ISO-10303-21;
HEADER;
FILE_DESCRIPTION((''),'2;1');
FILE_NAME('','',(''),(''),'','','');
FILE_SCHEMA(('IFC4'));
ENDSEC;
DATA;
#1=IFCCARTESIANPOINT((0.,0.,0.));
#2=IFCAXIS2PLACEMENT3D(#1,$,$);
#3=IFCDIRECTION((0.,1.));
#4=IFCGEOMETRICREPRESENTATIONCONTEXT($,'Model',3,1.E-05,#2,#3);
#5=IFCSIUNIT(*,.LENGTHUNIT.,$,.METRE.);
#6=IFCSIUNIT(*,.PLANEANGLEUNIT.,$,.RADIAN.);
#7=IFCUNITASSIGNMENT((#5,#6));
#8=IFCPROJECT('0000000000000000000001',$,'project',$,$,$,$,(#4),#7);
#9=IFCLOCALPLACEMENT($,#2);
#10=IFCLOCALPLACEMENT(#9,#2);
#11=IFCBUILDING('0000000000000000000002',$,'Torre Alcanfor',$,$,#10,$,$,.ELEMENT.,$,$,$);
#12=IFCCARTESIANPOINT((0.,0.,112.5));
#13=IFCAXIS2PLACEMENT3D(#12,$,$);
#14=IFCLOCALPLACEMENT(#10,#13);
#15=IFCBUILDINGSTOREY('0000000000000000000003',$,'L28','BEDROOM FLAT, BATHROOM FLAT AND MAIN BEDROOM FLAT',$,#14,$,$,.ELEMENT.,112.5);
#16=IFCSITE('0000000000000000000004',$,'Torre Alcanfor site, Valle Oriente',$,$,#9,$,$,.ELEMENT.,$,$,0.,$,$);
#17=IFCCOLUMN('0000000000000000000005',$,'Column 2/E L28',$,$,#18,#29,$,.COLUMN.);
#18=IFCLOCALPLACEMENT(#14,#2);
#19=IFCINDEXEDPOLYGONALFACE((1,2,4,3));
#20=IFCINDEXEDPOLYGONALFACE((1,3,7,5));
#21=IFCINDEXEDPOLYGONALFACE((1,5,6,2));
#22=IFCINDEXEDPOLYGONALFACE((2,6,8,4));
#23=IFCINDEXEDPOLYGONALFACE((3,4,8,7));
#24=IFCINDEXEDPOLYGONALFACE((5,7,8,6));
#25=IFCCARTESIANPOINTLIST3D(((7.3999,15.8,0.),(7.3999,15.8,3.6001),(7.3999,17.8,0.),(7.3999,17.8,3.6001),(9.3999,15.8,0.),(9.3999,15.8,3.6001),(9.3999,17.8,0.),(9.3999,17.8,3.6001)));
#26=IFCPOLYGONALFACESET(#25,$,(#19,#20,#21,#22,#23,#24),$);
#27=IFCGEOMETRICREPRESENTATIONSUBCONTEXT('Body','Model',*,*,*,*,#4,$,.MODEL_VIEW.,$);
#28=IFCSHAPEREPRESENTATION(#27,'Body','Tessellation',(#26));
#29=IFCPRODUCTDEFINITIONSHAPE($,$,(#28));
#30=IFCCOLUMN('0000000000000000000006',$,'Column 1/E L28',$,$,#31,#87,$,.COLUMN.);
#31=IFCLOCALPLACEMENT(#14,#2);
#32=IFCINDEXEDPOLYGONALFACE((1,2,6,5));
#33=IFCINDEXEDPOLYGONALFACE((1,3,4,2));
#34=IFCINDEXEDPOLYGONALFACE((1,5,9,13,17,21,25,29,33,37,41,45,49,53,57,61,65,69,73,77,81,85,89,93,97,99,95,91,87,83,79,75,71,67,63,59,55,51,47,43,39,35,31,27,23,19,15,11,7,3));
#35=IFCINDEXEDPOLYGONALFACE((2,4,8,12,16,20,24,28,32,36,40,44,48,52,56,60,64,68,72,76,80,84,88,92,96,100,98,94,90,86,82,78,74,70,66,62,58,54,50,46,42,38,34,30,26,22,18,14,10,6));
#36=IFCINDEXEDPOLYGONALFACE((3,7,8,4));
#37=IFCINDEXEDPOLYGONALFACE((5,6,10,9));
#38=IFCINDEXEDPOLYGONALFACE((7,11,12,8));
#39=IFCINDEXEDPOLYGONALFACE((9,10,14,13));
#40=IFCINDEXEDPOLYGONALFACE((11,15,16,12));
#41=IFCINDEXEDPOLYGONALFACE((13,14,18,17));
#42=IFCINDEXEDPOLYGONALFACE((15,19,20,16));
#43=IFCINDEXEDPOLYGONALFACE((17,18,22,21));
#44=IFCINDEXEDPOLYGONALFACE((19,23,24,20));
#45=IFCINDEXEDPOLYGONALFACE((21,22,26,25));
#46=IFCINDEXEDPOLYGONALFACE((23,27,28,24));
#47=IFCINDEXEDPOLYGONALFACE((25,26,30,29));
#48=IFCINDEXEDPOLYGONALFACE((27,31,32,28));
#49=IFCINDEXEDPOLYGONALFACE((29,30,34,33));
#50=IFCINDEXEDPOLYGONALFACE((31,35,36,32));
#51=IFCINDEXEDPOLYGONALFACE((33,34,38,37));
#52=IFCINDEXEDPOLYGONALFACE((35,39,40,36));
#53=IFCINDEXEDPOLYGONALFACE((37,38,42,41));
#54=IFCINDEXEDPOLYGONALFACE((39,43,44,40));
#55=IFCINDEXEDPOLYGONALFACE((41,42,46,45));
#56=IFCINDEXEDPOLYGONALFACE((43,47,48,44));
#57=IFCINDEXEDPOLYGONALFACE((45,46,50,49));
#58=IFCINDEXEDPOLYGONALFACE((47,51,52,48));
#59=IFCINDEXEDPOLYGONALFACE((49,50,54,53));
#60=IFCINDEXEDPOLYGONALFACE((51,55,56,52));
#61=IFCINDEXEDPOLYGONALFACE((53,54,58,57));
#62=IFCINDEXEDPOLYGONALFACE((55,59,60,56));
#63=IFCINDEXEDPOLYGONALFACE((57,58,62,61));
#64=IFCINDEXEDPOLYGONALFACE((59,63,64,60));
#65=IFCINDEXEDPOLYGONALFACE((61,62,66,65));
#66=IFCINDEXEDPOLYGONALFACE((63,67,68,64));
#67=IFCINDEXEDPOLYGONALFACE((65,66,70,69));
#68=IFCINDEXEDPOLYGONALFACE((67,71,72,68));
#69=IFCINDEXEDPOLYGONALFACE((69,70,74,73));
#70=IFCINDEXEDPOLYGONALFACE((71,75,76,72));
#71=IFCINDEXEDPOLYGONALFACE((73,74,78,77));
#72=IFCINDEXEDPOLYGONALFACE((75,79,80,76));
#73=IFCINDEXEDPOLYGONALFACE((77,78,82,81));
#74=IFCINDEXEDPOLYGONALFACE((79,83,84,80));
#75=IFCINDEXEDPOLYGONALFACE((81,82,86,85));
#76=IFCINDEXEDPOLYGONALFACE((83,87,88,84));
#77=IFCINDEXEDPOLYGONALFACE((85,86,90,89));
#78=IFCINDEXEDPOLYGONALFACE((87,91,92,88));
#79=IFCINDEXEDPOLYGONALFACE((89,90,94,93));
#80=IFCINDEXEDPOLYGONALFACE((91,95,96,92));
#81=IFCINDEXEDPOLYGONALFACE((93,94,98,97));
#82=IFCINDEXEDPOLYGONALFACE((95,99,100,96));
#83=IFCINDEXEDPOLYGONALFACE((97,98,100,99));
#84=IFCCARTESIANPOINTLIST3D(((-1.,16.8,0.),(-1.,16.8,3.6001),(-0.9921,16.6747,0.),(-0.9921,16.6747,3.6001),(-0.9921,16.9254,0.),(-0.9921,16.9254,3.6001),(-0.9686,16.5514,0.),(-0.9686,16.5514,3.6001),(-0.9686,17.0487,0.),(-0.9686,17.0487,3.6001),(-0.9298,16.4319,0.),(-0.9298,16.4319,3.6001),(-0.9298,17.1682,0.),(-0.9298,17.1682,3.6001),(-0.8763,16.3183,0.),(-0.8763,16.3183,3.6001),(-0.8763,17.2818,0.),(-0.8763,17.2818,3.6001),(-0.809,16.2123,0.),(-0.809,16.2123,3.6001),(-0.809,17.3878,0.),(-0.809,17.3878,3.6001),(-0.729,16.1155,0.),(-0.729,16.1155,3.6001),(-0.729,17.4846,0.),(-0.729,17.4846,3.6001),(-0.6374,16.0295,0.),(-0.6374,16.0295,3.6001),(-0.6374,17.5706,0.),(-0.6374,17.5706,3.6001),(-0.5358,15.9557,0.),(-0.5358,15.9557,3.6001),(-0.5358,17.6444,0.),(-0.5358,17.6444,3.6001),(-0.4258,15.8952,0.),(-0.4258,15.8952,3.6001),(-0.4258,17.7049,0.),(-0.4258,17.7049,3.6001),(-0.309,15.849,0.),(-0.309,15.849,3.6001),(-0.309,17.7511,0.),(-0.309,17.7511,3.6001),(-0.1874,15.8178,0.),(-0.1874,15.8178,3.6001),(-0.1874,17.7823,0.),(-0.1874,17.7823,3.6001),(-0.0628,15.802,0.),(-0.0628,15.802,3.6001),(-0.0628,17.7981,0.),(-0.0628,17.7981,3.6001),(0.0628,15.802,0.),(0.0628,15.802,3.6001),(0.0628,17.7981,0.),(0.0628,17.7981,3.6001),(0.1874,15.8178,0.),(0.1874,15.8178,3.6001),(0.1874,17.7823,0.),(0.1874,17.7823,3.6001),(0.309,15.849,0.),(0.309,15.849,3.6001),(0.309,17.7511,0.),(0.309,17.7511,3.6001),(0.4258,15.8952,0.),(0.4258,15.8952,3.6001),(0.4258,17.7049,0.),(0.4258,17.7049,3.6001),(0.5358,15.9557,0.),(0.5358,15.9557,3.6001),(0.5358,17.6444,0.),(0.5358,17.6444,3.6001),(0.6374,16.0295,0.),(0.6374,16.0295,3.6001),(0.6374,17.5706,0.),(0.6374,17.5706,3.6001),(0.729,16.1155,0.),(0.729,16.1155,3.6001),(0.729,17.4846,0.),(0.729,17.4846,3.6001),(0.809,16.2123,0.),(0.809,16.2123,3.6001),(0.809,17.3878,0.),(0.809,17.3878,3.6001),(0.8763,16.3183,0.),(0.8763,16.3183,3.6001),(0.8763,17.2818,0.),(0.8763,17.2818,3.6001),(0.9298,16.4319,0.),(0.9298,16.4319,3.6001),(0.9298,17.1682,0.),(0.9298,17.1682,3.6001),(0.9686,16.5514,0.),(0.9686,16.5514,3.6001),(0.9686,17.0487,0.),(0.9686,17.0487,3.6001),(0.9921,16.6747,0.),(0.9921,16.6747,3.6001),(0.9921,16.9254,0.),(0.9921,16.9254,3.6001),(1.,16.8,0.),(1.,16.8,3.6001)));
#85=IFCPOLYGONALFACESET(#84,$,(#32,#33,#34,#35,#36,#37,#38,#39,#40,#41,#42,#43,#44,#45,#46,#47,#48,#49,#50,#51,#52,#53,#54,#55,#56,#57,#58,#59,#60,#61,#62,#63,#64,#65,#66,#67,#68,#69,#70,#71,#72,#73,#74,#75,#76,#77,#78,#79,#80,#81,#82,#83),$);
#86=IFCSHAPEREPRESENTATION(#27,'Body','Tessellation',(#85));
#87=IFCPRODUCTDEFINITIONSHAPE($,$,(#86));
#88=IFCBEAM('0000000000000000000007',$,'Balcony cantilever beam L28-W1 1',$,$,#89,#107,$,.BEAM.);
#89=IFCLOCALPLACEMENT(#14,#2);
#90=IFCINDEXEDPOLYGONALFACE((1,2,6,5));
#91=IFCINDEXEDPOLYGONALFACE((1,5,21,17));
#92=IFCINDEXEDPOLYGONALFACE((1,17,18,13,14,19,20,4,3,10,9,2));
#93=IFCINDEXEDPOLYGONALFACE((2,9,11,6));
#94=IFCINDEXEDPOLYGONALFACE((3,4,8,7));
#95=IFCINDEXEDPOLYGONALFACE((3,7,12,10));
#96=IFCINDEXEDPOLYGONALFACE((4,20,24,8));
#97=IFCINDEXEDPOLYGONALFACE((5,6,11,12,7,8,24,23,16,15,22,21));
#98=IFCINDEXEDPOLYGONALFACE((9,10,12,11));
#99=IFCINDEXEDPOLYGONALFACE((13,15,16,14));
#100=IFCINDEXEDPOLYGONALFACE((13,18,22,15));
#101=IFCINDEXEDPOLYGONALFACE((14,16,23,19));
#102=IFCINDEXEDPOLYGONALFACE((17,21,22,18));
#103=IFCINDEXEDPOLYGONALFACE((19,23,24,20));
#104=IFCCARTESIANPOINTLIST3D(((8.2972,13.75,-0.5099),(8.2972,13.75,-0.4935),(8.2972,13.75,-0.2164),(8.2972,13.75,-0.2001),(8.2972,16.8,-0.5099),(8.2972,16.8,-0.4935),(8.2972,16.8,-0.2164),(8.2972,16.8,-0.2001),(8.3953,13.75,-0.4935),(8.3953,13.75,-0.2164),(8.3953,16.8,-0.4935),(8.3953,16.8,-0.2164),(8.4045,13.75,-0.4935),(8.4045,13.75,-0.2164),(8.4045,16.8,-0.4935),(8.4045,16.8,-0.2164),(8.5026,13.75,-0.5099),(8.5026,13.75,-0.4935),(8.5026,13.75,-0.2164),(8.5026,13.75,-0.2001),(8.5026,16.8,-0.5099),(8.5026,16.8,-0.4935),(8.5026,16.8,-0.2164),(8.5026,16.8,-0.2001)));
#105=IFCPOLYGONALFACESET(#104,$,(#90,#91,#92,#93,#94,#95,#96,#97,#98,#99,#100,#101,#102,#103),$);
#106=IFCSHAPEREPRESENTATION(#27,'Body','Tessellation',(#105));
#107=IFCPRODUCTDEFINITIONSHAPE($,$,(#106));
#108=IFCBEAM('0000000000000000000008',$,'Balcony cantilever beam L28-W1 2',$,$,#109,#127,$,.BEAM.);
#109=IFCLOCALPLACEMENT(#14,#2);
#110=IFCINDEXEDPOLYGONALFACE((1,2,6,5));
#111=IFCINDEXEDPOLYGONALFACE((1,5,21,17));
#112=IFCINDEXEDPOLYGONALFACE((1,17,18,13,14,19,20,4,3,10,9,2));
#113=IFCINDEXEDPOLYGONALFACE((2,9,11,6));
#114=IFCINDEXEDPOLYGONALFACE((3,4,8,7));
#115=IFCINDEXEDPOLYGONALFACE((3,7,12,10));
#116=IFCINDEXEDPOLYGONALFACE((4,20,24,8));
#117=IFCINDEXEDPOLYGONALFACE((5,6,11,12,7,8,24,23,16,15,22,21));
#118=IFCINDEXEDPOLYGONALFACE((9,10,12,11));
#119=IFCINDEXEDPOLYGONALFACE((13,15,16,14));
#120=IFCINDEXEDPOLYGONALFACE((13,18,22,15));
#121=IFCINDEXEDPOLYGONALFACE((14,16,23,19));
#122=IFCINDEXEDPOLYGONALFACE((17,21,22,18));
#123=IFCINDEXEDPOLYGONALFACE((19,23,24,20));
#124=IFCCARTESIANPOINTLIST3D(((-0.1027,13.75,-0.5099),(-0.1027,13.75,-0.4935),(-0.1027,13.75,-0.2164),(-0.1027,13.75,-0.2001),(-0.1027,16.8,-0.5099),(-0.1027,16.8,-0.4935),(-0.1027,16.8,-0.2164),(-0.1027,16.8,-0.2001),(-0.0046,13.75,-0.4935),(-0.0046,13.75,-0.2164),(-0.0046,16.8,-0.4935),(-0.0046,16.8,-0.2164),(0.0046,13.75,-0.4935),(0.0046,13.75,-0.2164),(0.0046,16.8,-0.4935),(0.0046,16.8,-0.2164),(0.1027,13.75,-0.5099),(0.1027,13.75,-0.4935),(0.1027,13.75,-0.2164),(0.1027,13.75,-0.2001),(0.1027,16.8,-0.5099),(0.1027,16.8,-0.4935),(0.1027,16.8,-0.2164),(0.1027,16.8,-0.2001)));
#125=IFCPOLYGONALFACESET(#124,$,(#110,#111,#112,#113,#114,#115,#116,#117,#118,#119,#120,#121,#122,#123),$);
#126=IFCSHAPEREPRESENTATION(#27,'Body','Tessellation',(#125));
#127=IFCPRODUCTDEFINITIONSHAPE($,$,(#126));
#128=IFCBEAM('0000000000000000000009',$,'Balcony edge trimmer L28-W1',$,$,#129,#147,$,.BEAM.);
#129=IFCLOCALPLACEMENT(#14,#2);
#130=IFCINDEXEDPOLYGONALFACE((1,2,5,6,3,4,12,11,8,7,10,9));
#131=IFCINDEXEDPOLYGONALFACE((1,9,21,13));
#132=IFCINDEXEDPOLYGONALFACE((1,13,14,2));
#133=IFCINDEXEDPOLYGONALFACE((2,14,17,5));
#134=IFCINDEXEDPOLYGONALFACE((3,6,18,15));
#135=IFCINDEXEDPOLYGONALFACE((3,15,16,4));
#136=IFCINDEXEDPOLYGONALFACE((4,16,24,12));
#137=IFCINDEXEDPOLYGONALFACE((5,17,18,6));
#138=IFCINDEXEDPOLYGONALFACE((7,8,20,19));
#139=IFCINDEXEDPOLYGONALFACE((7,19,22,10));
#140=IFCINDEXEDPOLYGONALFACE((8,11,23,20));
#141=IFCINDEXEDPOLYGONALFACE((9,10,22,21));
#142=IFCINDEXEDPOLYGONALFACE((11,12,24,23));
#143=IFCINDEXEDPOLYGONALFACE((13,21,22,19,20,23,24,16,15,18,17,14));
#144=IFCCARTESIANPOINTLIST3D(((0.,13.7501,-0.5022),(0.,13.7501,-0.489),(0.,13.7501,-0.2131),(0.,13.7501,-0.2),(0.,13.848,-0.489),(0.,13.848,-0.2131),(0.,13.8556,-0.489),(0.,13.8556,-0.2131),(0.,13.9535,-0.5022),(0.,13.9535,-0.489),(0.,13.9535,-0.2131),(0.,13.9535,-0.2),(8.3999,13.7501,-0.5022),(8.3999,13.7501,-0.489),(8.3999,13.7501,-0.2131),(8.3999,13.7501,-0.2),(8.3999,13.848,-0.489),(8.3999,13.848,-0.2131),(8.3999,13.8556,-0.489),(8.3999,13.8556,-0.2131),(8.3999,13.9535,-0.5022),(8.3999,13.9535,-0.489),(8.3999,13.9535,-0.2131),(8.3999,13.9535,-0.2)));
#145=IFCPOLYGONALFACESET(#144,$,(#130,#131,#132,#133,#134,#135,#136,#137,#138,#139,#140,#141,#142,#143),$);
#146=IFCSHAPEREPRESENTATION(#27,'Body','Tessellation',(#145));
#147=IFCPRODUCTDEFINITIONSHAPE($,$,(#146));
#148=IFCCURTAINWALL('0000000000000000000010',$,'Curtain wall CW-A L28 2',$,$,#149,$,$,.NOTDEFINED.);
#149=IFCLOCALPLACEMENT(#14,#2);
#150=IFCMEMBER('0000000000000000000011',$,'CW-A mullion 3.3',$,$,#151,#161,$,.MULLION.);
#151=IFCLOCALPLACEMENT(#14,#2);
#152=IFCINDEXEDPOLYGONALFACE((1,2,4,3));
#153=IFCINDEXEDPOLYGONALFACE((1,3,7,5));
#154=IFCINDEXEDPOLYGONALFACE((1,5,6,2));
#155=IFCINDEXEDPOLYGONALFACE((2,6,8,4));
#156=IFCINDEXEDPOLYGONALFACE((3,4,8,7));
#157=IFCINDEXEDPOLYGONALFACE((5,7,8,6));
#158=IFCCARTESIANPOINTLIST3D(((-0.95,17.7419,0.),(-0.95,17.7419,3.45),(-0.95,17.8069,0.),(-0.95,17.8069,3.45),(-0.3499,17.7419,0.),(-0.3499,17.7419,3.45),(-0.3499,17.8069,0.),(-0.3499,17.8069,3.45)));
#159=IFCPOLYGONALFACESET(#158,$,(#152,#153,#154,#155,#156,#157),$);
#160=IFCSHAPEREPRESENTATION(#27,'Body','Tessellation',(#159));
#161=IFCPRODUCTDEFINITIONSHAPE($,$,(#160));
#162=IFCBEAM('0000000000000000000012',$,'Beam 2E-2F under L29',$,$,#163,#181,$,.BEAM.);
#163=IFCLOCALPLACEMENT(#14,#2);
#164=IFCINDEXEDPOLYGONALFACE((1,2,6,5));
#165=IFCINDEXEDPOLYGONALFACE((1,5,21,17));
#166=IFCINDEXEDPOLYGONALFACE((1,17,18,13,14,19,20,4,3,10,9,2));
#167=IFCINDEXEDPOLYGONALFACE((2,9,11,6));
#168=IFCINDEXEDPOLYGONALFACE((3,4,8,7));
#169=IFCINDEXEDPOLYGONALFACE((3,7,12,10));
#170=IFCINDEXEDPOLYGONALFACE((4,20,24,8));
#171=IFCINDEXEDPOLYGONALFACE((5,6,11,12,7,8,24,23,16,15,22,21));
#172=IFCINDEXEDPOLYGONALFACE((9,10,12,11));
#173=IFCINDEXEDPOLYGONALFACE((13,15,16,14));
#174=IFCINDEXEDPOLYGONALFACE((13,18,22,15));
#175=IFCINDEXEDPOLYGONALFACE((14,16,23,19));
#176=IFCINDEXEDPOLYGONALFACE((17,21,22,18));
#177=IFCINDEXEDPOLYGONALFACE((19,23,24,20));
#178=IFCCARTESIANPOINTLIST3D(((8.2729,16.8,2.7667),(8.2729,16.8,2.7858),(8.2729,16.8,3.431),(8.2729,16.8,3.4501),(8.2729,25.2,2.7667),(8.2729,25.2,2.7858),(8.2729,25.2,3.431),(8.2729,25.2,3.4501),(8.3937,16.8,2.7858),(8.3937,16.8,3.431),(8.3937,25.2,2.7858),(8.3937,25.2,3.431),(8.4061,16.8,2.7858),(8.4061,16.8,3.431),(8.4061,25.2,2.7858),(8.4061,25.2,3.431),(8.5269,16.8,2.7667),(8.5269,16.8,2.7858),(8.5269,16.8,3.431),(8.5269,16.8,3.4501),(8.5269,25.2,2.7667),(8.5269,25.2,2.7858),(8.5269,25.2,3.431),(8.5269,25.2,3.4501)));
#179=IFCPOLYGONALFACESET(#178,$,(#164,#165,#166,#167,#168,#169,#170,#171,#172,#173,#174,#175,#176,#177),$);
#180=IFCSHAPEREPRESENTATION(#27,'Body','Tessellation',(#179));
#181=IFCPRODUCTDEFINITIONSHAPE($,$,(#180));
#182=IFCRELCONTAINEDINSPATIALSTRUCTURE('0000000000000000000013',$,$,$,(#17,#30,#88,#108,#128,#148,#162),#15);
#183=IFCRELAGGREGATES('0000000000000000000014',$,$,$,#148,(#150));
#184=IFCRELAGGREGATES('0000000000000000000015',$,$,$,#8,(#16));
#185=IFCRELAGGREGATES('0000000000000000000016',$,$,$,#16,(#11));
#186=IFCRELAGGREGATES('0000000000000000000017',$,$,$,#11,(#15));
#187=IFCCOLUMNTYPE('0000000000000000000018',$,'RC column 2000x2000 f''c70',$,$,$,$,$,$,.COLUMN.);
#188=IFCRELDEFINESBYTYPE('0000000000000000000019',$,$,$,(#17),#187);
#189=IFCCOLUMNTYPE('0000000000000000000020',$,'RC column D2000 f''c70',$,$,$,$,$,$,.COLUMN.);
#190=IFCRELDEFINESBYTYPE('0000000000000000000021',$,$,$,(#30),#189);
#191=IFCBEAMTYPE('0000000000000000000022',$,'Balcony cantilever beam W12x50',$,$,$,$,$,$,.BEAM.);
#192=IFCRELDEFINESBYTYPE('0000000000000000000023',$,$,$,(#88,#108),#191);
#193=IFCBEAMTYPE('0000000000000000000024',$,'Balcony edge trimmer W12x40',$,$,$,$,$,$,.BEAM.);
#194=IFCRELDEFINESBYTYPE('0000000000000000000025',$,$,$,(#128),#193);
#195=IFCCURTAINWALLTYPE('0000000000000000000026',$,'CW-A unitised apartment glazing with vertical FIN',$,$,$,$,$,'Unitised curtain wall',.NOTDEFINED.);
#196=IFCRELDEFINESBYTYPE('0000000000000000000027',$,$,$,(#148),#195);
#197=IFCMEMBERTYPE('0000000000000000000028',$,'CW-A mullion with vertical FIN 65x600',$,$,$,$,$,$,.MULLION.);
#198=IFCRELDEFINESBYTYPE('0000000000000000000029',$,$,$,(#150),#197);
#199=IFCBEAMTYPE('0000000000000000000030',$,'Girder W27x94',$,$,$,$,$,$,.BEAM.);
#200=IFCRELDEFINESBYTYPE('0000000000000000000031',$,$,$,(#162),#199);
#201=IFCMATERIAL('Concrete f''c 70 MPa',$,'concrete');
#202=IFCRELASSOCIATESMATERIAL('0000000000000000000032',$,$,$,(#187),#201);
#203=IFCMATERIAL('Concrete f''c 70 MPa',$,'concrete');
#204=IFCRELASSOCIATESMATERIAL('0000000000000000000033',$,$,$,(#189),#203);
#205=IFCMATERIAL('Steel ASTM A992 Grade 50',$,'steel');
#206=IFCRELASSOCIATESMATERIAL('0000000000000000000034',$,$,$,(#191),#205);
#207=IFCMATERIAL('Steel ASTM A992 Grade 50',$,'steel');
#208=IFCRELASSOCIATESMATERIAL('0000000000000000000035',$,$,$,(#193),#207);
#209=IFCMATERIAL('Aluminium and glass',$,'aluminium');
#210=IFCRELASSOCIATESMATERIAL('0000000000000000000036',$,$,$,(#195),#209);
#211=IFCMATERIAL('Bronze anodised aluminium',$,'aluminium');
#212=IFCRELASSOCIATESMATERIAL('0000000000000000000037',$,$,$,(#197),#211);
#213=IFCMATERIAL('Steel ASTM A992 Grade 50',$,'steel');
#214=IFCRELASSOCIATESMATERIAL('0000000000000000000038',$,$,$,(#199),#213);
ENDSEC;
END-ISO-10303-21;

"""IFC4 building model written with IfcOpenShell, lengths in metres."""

from ifc_helpers import new_model, si_unit, direction, frame, origin, origin_2d, place, context, subcontext, project, spatial, rectangle, circle, i_section, extrude, material, material_profile, profile_set, type_object, element, aggregate, save


model = new_model("IFC4")

# Units and contexts
model_context = context("Model", 3, precision=1e-05, world=origin(), true_north=direction((0.0, 1.0)))
body_context = subcontext(model_context, "Body", "Model", "MODEL_VIEW")
ifc_project = project(units=[si_unit("LENGTHUNIT", "METRE"), si_unit("PLANEANGLEUNIT", "RADIAN")], contexts=[model_context])

# Site, building, storey
site_placement = place(None, origin())
site = spatial("IfcSite", under=ifc_project, at=site_placement, Name="Torre Alcanfor site, Valle Oriente", CompositionType="ELEMENT", RefElevation=0.0)
building_placement = place(site_placement, origin())
building = spatial("IfcBuilding", under=site, at=building_placement, Name="Torre Alcanfor", CompositionType="ELEMENT")
storey_placement = place(building_placement, frame((0.0, 0.0, 112.5)))
storey = spatial("IfcBuildingStorey", under=building, at=storey_placement, Name="L28", Description="BEDROOM FLAT, BATHROOM FLAT AND MAIN BEDROOM FLAT", CompositionType="ELEMENT", Elevation=112.5)

# Columns
ifc_material_1 = material(Name="Concrete f'c 70 MPa", Category="concrete")
ifc_material_profile_1 = material_profile(ifc_material_1, rectangle(XDim=2.0, YDim=2.0, at=origin_2d()), Name="2000x2000")
ifc_profile_set_1 = profile_set([ifc_material_profile_1], Name="Concrete f'c 70 MPa")
column_type_1 = type_object("IfcColumnType", Name="RC column 2000x2000 f'c70", PredefinedType="COLUMN", material=ifc_profile_set_1)
column_1_placement = place(storey_placement, frame((8.3999, 16.8, 0.0), z_axis=(0.0, 0.0, 1.0), x_axis=(1.0, 0.0, 0.0)))
element("IfcColumn", 1, at=column_1_placement, inside=storey, type_object=column_type_1, Name="Column 2/E L28", PredefinedType="COLUMN", context=body_context, shape_type="SweptSolid", body=[
    extrude(rectangle(XDim=2.0, YDim=2.0, at=origin_2d()), origin(), (0.0, 0.0, 1.0), 3.6001),
])
ifc_material_2 = material(Name="Concrete f'c 70 MPa", Category="concrete")
ifc_material_profile_2 = material_profile(ifc_material_2, circle(Radius=1.0, at=origin_2d()), Name="D2000")
ifc_profile_set_2 = profile_set([ifc_material_profile_2], Name="Concrete f'c 70 MPa")
column_type_2 = type_object("IfcColumnType", Name="RC column D2000 f'c70", PredefinedType="COLUMN", material=ifc_profile_set_2)
column_2_placement = place(storey_placement, frame((0.0, 16.8, 0.0), z_axis=(0.0, 0.0, 1.0), x_axis=(1.0, 0.0, 0.0)))
element("IfcColumn", 2, at=column_2_placement, inside=storey, type_object=column_type_2, Name="Column 1/E L28", PredefinedType="COLUMN", context=body_context, shape_type="SweptSolid", body=[
    extrude(circle(Radius=1.0, at=origin_2d()), origin(), (0.0, 0.0, 1.0), 3.6001),
])

# Beams
ifc_material_3 = material(Name="Steel ASTM A992 Grade 50", Category="steel")
ifc_material_profile_3 = material_profile(ifc_material_3, i_section(OverallWidth=0.2053, OverallDepth=0.3098, WebThickness=0.0093, FlangeThickness=0.0164, at=origin_2d()), Name="W12x50")
ifc_profile_set_3 = profile_set([ifc_material_profile_3], Name="Steel ASTM A992 Grade 50")
beam_type_1 = type_object("IfcBeamType", Name="Balcony cantilever beam W12x50", PredefinedType="BEAM", material=ifc_profile_set_3)
for number, where, z_axis, x_axis, name in (
    (3, (8.3999, 16.8, -0.355), (0.0, -1.0, 0.0), (1.0, 0.0, 0.0), "Balcony cantilever beam L28-W1 1"),
    (4, (0.0, 16.8, -0.355), (0.0, -1.0, 0.0), (1.0, 0.0, 0.0), "Balcony cantilever beam L28-W1 2"),
):
    element("IfcBeam", number, at=place(storey_placement, frame(where, z_axis=z_axis, x_axis=x_axis)), inside=storey, type_object=beam_type_1, Name=name, PredefinedType="BEAM", context=body_context, shape_type="SweptSolid", body=[
        extrude(i_section(OverallWidth=0.2053, OverallDepth=0.3098, WebThickness=0.0093, FlangeThickness=0.0164, at=origin_2d()), origin(), (0.0, 0.0, 1.0), 3.05),
    ])
ifc_material_4 = material(Name="Steel ASTM A992 Grade 50", Category="steel")
ifc_material_profile_4 = material_profile(ifc_material_4, i_section(OverallWidth=0.2034, OverallDepth=0.3022, WebThickness=0.0076, FlangeThickness=0.0132, at=origin_2d()), Name="W12x40")
ifc_profile_set_4 = profile_set([ifc_material_profile_4], Name="Steel ASTM A992 Grade 50")
beam_type_2 = type_object("IfcBeamType", Name="Balcony edge trimmer W12x40", PredefinedType="BEAM", material=ifc_profile_set_4)
beam_1_placement = place(storey_placement, frame((8.3999, 13.8518, -0.3511), z_axis=(-1.0, 0.0, 0.0), x_axis=(0.0, -1.0, 0.0)))
element("IfcBeam", 5, at=beam_1_placement, inside=storey, type_object=beam_type_2, Name="Balcony edge trimmer L28-W1", PredefinedType="BEAM", context=body_context, shape_type="SweptSolid", body=[
    extrude(i_section(OverallWidth=0.2034, OverallDepth=0.3022, WebThickness=0.0076, FlangeThickness=0.0132, at=origin_2d()), origin(), (0.0, 0.0, 1.0), 8.3999),
])

# Curtain wall, member
ifc_material_5 = material(Name="Aluminium and glass", Category="aluminium")
curtain_wall_type = type_object("IfcCurtainWallType", Name="CW-A unitised apartment glazing with vertical FIN", ElementType="Unitised curtain wall", PredefinedType="NOTDEFINED", material=ifc_material_5)
curtain_wall_placement = place(storey_placement, origin())
curtain_wall = element("IfcCurtainWall", 6, at=curtain_wall_placement, inside=storey, type_object=curtain_wall_type, Name="Curtain wall CW-A L28 2", PredefinedType="NOTDEFINED")
ifc_material_6 = material(Name="Bronze anodised aluminium", Category="aluminium")
ifc_material_profile_5 = material_profile(ifc_material_6, rectangle(XDim=0.6001, YDim=0.0649, at=origin_2d()), Name="CW-A mullion 65x600")
ifc_profile_set_5 = profile_set([ifc_material_profile_5], Name="Bronze anodised aluminium")
member_type = type_object("IfcMemberType", Name="CW-A mullion with vertical FIN 65x600", PredefinedType="MULLION", material=ifc_profile_set_5)
member_placement = place(storey_placement, frame((-0.6499, 17.7744, 0.0), z_axis=(0.0, 0.0, 1.0), x_axis=(1.0, 0.0, 0.0)))
member = element("IfcMember", 7, at=member_placement, type_object=member_type, Name="CW-A mullion 3.3", PredefinedType="MULLION", context=body_context, shape_type="SweptSolid", body=[
    extrude(rectangle(XDim=0.6001, YDim=0.0649, at=origin_2d()), origin(), (0.0, 0.0, 1.0), 3.45),
])

# Beam
ifc_material_7 = material(Name="Steel ASTM A992 Grade 50", Category="steel")
ifc_material_profile_6 = material_profile(ifc_material_7, i_section(OverallWidth=0.2539, OverallDepth=0.6833, WebThickness=0.0125, FlangeThickness=0.019, at=origin_2d()), Name="W27x94")
ifc_profile_set_6 = profile_set([ifc_material_profile_6], Name="Steel ASTM A992 Grade 50")
beam_type_3 = type_object("IfcBeamType", Name="Girder W27x94", PredefinedType="BEAM", material=ifc_profile_set_6)
beam_2_placement = place(storey_placement, frame((8.3999, 16.8, 3.1084), z_axis=(0.0, 1.0, 0.0), x_axis=(-1.0, 0.0, 0.0)))
element("IfcBeam", 8, at=beam_2_placement, inside=storey, type_object=beam_type_3, Name="Beam 2E-2F under L29", PredefinedType="BEAM", context=body_context, shape_type="SweptSolid", body=[
    extrude(i_section(OverallWidth=0.2539, OverallDepth=0.6833, WebThickness=0.0125, FlangeThickness=0.019, at=origin_2d()), origin(), (0.0, 0.0, 1.0), 8.3999),
])

aggregate(curtain_wall, [member])

save(model, "model.ifc")
